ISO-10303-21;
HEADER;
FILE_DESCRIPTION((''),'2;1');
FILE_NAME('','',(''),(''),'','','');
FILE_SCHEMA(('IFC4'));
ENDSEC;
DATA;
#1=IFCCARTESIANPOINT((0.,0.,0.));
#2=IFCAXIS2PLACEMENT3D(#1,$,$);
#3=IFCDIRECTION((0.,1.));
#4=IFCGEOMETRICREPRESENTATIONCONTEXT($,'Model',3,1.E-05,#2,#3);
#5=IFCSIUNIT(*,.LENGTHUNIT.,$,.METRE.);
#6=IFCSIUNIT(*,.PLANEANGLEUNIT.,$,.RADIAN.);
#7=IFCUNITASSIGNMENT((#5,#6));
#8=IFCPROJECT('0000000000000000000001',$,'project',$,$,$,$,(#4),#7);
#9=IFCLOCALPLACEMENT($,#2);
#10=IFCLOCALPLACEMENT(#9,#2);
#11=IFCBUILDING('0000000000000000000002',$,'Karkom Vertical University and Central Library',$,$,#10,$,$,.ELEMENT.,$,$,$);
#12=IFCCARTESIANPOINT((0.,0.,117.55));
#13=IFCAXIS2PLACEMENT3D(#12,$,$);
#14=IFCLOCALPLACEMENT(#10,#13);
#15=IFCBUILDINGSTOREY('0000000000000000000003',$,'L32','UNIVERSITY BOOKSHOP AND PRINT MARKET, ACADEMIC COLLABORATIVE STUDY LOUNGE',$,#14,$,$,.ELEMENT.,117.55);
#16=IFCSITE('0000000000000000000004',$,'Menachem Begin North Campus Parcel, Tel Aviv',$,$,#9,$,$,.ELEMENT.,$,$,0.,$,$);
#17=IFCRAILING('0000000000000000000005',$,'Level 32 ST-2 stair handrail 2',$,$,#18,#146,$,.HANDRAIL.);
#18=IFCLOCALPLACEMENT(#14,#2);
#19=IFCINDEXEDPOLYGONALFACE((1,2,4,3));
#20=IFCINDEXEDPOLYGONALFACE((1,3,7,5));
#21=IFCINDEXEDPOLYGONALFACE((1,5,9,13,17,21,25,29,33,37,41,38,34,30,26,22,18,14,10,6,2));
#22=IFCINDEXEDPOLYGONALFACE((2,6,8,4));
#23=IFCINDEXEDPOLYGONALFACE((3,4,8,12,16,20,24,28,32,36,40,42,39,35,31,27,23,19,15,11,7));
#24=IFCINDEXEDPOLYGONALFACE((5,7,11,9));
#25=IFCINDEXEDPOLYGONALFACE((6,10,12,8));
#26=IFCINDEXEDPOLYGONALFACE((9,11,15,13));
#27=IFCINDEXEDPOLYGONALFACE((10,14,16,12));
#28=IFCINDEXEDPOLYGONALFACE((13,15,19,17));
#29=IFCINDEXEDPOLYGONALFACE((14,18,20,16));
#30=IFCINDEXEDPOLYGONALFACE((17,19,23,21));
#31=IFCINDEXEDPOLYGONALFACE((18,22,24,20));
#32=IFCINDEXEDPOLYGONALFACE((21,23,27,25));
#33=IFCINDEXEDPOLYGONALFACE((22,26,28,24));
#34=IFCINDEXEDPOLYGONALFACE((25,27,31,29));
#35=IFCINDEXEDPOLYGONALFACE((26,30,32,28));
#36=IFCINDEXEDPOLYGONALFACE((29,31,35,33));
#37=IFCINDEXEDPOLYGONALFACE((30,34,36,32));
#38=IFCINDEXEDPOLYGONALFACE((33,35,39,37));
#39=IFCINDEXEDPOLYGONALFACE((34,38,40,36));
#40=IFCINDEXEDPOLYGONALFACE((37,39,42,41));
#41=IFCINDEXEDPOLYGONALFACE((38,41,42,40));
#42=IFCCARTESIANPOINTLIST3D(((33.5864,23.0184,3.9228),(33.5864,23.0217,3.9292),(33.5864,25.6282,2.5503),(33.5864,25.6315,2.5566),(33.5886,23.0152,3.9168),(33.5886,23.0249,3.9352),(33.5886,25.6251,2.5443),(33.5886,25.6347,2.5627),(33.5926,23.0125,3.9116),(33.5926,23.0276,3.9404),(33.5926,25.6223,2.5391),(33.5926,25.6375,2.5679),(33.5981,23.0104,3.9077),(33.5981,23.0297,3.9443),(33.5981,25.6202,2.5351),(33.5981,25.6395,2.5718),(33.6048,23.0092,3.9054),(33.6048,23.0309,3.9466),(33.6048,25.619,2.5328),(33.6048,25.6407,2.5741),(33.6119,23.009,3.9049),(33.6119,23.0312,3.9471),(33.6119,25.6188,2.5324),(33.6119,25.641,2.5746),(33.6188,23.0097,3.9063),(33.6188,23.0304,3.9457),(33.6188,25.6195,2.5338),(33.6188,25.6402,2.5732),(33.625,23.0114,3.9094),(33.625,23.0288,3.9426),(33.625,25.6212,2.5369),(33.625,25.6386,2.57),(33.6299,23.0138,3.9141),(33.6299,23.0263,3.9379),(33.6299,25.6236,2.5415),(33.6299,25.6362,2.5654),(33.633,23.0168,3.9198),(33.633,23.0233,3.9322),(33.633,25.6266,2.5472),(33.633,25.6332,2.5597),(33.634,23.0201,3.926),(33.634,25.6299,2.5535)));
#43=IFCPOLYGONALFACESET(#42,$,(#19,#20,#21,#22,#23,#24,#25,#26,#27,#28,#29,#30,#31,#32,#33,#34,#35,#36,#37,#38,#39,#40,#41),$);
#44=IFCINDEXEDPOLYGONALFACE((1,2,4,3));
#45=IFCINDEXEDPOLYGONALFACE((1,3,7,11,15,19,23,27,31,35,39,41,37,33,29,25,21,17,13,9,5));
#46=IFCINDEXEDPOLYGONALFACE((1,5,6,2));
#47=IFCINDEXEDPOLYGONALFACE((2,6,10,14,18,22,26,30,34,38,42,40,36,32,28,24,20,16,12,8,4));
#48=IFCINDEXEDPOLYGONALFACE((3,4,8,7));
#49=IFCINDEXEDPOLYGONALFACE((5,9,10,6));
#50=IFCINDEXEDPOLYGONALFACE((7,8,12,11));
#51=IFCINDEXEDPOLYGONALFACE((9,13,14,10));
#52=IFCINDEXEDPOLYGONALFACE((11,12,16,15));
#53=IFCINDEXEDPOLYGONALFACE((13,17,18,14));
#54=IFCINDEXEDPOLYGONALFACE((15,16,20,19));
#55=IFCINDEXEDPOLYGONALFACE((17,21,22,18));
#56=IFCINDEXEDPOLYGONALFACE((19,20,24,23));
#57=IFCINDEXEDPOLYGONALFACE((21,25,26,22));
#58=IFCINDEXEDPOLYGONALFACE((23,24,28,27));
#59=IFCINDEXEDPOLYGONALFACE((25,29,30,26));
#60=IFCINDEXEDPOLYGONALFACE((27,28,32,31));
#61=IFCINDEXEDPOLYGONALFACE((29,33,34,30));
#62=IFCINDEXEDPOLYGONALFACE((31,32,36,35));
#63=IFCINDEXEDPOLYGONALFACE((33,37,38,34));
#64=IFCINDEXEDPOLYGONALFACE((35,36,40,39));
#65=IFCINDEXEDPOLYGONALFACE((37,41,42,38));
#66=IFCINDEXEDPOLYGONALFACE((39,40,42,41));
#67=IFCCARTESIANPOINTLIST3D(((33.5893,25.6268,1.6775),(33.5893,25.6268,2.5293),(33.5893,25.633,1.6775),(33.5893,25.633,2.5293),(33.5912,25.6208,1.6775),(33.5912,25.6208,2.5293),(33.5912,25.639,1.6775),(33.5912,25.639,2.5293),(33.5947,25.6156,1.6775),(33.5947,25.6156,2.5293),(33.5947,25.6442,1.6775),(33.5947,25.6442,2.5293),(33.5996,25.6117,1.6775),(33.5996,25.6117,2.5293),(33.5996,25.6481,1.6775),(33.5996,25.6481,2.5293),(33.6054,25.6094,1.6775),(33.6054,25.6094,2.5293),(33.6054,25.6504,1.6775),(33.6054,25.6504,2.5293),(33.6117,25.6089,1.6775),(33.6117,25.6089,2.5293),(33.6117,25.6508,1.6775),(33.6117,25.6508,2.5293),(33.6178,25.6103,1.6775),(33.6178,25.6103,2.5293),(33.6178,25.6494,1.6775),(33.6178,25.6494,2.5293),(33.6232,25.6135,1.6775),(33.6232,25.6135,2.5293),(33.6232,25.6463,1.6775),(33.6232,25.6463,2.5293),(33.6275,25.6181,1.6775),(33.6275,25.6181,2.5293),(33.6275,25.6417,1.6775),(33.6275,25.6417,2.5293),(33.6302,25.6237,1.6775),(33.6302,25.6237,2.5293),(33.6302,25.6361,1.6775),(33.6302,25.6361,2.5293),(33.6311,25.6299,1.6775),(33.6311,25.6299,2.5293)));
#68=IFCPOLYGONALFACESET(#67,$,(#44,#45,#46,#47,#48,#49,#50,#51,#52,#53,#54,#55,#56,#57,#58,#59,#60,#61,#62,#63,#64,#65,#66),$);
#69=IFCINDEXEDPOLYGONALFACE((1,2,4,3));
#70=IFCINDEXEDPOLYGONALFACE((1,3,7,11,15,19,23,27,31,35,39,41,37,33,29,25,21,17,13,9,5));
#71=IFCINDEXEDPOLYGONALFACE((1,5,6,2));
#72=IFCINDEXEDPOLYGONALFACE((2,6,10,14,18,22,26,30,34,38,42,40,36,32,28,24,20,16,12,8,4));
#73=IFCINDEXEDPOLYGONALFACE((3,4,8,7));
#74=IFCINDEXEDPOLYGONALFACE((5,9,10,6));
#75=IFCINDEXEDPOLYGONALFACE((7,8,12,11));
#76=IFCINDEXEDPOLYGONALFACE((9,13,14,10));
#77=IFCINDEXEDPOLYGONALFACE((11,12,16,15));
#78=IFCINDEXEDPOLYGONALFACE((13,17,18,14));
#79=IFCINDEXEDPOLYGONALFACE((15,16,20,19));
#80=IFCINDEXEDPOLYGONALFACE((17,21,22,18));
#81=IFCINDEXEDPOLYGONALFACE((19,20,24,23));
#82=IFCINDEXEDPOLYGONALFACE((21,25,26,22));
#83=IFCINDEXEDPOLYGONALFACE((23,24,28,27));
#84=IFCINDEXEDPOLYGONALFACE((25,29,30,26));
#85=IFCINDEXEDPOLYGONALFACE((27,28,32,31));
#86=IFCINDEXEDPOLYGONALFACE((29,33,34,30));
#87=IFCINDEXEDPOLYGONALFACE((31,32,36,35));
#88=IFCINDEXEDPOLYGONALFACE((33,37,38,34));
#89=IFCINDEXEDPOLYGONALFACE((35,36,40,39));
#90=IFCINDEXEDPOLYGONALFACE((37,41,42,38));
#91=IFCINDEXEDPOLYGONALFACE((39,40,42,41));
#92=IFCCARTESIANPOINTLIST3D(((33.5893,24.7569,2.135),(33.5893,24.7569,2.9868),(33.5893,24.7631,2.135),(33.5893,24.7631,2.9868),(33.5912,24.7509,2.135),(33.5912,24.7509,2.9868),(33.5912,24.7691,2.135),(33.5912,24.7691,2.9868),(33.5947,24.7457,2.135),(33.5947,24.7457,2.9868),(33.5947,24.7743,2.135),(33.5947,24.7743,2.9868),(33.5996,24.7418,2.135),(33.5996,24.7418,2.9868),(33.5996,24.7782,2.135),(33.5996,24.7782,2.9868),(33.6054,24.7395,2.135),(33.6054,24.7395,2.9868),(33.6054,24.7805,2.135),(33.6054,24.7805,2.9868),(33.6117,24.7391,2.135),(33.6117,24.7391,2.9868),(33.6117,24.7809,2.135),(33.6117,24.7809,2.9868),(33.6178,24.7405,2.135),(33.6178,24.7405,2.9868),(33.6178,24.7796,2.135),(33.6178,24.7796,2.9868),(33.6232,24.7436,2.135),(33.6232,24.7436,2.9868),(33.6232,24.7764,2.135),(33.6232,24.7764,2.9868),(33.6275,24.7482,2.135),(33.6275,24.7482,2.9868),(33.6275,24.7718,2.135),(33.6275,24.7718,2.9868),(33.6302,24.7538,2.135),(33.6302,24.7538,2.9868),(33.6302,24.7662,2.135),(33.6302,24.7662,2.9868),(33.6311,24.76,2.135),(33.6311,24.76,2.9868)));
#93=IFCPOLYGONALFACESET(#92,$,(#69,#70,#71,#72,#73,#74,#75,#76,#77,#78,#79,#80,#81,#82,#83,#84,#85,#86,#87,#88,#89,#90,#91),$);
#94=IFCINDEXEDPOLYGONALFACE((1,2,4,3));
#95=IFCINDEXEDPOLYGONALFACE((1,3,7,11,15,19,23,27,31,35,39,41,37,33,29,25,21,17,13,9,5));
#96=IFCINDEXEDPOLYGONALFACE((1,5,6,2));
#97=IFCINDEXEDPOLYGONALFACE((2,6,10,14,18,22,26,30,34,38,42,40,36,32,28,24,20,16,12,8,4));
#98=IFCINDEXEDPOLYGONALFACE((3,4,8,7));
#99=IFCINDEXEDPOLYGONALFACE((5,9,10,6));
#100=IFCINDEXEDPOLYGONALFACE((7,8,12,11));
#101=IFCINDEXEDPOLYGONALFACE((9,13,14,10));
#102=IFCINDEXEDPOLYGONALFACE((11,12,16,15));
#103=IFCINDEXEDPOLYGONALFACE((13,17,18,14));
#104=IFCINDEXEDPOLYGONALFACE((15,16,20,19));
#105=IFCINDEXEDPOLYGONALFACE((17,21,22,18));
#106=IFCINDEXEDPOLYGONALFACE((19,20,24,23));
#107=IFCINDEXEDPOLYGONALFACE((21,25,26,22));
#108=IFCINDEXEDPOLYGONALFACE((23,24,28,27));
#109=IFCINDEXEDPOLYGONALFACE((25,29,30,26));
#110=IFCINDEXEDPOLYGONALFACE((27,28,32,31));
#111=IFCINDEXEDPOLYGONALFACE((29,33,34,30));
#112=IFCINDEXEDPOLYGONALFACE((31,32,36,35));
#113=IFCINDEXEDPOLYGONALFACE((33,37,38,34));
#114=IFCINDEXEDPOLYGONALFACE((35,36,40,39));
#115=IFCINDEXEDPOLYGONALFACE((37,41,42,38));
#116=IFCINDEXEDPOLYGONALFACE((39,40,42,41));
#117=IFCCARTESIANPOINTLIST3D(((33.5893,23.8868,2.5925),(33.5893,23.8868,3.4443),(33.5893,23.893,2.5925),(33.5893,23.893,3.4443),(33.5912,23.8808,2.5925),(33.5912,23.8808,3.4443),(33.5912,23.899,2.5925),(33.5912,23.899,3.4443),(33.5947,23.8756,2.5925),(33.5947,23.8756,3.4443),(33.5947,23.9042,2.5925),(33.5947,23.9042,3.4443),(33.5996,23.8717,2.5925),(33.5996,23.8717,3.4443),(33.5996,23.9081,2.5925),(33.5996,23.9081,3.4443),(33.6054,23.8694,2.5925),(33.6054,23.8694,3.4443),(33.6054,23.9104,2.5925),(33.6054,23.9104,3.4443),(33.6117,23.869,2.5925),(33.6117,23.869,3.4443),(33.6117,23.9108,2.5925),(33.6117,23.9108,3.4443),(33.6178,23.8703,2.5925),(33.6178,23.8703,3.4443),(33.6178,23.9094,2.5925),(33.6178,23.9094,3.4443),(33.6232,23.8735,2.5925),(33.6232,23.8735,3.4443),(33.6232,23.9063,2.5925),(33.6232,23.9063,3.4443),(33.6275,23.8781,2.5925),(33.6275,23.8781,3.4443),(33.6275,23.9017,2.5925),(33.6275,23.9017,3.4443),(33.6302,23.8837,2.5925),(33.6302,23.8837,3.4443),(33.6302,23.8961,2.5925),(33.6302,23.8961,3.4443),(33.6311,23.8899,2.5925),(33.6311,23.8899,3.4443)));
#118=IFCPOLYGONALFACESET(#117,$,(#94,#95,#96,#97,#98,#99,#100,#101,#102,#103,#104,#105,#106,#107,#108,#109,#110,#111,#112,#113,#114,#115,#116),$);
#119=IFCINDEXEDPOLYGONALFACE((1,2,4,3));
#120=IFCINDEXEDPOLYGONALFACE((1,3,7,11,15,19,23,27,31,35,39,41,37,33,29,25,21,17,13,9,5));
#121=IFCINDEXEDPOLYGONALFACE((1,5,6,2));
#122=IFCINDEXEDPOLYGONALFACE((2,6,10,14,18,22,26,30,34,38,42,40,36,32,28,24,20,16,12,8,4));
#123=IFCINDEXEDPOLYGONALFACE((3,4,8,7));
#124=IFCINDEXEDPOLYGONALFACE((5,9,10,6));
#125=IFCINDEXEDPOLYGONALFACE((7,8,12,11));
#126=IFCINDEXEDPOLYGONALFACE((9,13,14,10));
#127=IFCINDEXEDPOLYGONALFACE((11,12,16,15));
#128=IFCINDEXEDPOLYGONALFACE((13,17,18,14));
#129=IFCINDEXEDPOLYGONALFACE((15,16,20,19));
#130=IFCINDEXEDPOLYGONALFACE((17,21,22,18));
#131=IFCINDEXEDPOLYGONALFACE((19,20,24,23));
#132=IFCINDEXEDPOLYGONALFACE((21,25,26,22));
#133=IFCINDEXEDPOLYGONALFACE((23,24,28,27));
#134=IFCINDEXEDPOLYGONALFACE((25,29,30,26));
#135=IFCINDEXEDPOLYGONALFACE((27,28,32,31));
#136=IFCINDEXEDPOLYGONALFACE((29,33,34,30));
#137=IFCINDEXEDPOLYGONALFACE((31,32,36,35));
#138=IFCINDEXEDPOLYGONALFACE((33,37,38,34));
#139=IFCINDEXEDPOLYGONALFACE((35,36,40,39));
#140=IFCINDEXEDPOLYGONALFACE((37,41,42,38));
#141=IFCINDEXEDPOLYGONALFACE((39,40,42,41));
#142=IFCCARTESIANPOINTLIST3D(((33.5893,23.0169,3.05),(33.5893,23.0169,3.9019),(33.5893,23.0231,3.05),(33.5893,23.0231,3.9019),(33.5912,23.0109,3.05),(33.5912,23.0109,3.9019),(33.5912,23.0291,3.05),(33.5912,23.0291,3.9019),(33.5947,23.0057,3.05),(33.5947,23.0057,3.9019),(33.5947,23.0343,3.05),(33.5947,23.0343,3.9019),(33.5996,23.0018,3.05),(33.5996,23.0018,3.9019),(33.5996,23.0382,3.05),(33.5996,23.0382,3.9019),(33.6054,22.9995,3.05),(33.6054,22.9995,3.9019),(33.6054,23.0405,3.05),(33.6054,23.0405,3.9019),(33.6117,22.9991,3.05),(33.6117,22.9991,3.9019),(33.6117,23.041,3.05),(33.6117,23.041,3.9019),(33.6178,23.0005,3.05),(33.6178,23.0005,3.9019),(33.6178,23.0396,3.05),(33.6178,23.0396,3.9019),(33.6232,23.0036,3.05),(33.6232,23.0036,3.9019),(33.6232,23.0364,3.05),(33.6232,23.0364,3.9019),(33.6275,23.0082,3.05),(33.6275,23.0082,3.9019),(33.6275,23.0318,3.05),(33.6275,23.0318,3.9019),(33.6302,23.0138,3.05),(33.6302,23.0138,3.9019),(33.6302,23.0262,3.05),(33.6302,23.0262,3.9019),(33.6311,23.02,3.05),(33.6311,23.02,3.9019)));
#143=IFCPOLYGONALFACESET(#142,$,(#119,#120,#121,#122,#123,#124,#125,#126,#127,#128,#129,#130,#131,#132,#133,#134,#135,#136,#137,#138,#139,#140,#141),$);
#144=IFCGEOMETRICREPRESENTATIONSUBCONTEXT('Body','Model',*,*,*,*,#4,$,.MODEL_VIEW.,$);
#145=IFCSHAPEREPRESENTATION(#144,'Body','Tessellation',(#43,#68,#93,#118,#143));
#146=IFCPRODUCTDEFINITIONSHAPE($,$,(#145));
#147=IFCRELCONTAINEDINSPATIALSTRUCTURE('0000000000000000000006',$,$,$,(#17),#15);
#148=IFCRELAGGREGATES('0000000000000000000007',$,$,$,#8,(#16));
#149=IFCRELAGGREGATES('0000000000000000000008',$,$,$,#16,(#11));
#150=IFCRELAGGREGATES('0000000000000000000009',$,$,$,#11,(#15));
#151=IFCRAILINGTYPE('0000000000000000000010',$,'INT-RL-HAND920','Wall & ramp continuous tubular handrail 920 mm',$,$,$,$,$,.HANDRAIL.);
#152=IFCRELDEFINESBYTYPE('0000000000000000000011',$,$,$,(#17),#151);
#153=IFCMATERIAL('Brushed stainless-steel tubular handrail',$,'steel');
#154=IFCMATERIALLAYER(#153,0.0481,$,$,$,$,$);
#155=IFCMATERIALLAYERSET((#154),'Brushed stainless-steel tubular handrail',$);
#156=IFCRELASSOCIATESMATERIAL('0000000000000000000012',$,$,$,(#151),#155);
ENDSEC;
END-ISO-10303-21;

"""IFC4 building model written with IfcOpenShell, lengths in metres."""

from ifc_helpers import new_model, si_unit, direction, frame, origin, origin_2d, place, context, subcontext, project, spatial, circle, extrude, material, layer, layer_set, type_object, element, save


model = new_model("IFC4")

# Units and contexts
model_context = context("Model", 3, precision=1e-05, world=origin(), true_north=direction((0.0, 1.0)))
body_context = subcontext(model_context, "Body", "Model", "MODEL_VIEW")
ifc_project = project(units=[si_unit("LENGTHUNIT", "METRE"), si_unit("PLANEANGLEUNIT", "RADIAN")], contexts=[model_context])

# Site, building, storey
site_placement = place(None, origin())
site = spatial("IfcSite", under=ifc_project, at=site_placement, Name="Menachem Begin North Campus Parcel, Tel Aviv", CompositionType="ELEMENT", RefElevation=0.0)
building_placement = place(site_placement, origin())
building = spatial("IfcBuilding", under=site, at=building_placement, Name="Karkom Vertical University and Central Library", CompositionType="ELEMENT")
storey_placement = place(building_placement, frame((0.0, 0.0, 117.55)))
storey = spatial("IfcBuildingStorey", under=building, at=storey_placement, Name="L32", Description="UNIVERSITY BOOKSHOP AND PRINT MARKET, ACADEMIC COLLABORATIVE STUDY LOUNGE", CompositionType="ELEMENT", Elevation=117.55)

# Railing
ifc_material_1 = material(Name="Brushed stainless-steel tubular handrail", Category="steel")
ifc_layer_1 = layer(ifc_material_1, 0.0481)
ifc_layer_set_1 = layer_set([ifc_layer_1], Name="Brushed stainless-steel tubular handrail")
railing_type_1 = type_object("IfcRailingType", Name="INT-RL-HAND920", Description="Wall & ramp continuous tubular handrail 920 mm", PredefinedType="HANDRAIL", material=ifc_layer_set_1)
railing_1_placement = place(storey_placement, frame((33.6101, 25.6299, 1.6775)))
element("IfcRailing", 1, at=railing_1_placement, inside=storey, type_object=railing_type_1, Name="Level 32 ST-2 stair handrail 2", PredefinedType="HANDRAIL", context=body_context, shape_type="SweptSolid", body=[
    extrude(circle(Radius=0.0239, at=origin_2d()), frame((0.0, 0.0, 0.876), z_axis=(0.0, -0.885065, 0.465467), x_axis=(1.0, 0.0, 0.0)), (0.0, 0.0, 1.0), 2.9487),
    extrude(circle(Radius=0.021, at=origin_2d()), origin(), (0.0, 0.0, 1.0), 0.8518),
    extrude(circle(Radius=0.021, at=origin_2d()), frame((0.0, -0.8699, 0.4575)), (0.0, 0.0, 1.0), 0.8518),
    extrude(circle(Radius=0.021, at=origin_2d()), frame((0.0, -1.74, 0.915)), (0.0, 0.0, 1.0), 0.8518),
    extrude(circle(Radius=0.021, at=origin_2d()), frame((0.0, -2.6099, 1.3726)), (0.0, 0.0, 1.0), 0.8518),
])

save(model, "model.ifc")
